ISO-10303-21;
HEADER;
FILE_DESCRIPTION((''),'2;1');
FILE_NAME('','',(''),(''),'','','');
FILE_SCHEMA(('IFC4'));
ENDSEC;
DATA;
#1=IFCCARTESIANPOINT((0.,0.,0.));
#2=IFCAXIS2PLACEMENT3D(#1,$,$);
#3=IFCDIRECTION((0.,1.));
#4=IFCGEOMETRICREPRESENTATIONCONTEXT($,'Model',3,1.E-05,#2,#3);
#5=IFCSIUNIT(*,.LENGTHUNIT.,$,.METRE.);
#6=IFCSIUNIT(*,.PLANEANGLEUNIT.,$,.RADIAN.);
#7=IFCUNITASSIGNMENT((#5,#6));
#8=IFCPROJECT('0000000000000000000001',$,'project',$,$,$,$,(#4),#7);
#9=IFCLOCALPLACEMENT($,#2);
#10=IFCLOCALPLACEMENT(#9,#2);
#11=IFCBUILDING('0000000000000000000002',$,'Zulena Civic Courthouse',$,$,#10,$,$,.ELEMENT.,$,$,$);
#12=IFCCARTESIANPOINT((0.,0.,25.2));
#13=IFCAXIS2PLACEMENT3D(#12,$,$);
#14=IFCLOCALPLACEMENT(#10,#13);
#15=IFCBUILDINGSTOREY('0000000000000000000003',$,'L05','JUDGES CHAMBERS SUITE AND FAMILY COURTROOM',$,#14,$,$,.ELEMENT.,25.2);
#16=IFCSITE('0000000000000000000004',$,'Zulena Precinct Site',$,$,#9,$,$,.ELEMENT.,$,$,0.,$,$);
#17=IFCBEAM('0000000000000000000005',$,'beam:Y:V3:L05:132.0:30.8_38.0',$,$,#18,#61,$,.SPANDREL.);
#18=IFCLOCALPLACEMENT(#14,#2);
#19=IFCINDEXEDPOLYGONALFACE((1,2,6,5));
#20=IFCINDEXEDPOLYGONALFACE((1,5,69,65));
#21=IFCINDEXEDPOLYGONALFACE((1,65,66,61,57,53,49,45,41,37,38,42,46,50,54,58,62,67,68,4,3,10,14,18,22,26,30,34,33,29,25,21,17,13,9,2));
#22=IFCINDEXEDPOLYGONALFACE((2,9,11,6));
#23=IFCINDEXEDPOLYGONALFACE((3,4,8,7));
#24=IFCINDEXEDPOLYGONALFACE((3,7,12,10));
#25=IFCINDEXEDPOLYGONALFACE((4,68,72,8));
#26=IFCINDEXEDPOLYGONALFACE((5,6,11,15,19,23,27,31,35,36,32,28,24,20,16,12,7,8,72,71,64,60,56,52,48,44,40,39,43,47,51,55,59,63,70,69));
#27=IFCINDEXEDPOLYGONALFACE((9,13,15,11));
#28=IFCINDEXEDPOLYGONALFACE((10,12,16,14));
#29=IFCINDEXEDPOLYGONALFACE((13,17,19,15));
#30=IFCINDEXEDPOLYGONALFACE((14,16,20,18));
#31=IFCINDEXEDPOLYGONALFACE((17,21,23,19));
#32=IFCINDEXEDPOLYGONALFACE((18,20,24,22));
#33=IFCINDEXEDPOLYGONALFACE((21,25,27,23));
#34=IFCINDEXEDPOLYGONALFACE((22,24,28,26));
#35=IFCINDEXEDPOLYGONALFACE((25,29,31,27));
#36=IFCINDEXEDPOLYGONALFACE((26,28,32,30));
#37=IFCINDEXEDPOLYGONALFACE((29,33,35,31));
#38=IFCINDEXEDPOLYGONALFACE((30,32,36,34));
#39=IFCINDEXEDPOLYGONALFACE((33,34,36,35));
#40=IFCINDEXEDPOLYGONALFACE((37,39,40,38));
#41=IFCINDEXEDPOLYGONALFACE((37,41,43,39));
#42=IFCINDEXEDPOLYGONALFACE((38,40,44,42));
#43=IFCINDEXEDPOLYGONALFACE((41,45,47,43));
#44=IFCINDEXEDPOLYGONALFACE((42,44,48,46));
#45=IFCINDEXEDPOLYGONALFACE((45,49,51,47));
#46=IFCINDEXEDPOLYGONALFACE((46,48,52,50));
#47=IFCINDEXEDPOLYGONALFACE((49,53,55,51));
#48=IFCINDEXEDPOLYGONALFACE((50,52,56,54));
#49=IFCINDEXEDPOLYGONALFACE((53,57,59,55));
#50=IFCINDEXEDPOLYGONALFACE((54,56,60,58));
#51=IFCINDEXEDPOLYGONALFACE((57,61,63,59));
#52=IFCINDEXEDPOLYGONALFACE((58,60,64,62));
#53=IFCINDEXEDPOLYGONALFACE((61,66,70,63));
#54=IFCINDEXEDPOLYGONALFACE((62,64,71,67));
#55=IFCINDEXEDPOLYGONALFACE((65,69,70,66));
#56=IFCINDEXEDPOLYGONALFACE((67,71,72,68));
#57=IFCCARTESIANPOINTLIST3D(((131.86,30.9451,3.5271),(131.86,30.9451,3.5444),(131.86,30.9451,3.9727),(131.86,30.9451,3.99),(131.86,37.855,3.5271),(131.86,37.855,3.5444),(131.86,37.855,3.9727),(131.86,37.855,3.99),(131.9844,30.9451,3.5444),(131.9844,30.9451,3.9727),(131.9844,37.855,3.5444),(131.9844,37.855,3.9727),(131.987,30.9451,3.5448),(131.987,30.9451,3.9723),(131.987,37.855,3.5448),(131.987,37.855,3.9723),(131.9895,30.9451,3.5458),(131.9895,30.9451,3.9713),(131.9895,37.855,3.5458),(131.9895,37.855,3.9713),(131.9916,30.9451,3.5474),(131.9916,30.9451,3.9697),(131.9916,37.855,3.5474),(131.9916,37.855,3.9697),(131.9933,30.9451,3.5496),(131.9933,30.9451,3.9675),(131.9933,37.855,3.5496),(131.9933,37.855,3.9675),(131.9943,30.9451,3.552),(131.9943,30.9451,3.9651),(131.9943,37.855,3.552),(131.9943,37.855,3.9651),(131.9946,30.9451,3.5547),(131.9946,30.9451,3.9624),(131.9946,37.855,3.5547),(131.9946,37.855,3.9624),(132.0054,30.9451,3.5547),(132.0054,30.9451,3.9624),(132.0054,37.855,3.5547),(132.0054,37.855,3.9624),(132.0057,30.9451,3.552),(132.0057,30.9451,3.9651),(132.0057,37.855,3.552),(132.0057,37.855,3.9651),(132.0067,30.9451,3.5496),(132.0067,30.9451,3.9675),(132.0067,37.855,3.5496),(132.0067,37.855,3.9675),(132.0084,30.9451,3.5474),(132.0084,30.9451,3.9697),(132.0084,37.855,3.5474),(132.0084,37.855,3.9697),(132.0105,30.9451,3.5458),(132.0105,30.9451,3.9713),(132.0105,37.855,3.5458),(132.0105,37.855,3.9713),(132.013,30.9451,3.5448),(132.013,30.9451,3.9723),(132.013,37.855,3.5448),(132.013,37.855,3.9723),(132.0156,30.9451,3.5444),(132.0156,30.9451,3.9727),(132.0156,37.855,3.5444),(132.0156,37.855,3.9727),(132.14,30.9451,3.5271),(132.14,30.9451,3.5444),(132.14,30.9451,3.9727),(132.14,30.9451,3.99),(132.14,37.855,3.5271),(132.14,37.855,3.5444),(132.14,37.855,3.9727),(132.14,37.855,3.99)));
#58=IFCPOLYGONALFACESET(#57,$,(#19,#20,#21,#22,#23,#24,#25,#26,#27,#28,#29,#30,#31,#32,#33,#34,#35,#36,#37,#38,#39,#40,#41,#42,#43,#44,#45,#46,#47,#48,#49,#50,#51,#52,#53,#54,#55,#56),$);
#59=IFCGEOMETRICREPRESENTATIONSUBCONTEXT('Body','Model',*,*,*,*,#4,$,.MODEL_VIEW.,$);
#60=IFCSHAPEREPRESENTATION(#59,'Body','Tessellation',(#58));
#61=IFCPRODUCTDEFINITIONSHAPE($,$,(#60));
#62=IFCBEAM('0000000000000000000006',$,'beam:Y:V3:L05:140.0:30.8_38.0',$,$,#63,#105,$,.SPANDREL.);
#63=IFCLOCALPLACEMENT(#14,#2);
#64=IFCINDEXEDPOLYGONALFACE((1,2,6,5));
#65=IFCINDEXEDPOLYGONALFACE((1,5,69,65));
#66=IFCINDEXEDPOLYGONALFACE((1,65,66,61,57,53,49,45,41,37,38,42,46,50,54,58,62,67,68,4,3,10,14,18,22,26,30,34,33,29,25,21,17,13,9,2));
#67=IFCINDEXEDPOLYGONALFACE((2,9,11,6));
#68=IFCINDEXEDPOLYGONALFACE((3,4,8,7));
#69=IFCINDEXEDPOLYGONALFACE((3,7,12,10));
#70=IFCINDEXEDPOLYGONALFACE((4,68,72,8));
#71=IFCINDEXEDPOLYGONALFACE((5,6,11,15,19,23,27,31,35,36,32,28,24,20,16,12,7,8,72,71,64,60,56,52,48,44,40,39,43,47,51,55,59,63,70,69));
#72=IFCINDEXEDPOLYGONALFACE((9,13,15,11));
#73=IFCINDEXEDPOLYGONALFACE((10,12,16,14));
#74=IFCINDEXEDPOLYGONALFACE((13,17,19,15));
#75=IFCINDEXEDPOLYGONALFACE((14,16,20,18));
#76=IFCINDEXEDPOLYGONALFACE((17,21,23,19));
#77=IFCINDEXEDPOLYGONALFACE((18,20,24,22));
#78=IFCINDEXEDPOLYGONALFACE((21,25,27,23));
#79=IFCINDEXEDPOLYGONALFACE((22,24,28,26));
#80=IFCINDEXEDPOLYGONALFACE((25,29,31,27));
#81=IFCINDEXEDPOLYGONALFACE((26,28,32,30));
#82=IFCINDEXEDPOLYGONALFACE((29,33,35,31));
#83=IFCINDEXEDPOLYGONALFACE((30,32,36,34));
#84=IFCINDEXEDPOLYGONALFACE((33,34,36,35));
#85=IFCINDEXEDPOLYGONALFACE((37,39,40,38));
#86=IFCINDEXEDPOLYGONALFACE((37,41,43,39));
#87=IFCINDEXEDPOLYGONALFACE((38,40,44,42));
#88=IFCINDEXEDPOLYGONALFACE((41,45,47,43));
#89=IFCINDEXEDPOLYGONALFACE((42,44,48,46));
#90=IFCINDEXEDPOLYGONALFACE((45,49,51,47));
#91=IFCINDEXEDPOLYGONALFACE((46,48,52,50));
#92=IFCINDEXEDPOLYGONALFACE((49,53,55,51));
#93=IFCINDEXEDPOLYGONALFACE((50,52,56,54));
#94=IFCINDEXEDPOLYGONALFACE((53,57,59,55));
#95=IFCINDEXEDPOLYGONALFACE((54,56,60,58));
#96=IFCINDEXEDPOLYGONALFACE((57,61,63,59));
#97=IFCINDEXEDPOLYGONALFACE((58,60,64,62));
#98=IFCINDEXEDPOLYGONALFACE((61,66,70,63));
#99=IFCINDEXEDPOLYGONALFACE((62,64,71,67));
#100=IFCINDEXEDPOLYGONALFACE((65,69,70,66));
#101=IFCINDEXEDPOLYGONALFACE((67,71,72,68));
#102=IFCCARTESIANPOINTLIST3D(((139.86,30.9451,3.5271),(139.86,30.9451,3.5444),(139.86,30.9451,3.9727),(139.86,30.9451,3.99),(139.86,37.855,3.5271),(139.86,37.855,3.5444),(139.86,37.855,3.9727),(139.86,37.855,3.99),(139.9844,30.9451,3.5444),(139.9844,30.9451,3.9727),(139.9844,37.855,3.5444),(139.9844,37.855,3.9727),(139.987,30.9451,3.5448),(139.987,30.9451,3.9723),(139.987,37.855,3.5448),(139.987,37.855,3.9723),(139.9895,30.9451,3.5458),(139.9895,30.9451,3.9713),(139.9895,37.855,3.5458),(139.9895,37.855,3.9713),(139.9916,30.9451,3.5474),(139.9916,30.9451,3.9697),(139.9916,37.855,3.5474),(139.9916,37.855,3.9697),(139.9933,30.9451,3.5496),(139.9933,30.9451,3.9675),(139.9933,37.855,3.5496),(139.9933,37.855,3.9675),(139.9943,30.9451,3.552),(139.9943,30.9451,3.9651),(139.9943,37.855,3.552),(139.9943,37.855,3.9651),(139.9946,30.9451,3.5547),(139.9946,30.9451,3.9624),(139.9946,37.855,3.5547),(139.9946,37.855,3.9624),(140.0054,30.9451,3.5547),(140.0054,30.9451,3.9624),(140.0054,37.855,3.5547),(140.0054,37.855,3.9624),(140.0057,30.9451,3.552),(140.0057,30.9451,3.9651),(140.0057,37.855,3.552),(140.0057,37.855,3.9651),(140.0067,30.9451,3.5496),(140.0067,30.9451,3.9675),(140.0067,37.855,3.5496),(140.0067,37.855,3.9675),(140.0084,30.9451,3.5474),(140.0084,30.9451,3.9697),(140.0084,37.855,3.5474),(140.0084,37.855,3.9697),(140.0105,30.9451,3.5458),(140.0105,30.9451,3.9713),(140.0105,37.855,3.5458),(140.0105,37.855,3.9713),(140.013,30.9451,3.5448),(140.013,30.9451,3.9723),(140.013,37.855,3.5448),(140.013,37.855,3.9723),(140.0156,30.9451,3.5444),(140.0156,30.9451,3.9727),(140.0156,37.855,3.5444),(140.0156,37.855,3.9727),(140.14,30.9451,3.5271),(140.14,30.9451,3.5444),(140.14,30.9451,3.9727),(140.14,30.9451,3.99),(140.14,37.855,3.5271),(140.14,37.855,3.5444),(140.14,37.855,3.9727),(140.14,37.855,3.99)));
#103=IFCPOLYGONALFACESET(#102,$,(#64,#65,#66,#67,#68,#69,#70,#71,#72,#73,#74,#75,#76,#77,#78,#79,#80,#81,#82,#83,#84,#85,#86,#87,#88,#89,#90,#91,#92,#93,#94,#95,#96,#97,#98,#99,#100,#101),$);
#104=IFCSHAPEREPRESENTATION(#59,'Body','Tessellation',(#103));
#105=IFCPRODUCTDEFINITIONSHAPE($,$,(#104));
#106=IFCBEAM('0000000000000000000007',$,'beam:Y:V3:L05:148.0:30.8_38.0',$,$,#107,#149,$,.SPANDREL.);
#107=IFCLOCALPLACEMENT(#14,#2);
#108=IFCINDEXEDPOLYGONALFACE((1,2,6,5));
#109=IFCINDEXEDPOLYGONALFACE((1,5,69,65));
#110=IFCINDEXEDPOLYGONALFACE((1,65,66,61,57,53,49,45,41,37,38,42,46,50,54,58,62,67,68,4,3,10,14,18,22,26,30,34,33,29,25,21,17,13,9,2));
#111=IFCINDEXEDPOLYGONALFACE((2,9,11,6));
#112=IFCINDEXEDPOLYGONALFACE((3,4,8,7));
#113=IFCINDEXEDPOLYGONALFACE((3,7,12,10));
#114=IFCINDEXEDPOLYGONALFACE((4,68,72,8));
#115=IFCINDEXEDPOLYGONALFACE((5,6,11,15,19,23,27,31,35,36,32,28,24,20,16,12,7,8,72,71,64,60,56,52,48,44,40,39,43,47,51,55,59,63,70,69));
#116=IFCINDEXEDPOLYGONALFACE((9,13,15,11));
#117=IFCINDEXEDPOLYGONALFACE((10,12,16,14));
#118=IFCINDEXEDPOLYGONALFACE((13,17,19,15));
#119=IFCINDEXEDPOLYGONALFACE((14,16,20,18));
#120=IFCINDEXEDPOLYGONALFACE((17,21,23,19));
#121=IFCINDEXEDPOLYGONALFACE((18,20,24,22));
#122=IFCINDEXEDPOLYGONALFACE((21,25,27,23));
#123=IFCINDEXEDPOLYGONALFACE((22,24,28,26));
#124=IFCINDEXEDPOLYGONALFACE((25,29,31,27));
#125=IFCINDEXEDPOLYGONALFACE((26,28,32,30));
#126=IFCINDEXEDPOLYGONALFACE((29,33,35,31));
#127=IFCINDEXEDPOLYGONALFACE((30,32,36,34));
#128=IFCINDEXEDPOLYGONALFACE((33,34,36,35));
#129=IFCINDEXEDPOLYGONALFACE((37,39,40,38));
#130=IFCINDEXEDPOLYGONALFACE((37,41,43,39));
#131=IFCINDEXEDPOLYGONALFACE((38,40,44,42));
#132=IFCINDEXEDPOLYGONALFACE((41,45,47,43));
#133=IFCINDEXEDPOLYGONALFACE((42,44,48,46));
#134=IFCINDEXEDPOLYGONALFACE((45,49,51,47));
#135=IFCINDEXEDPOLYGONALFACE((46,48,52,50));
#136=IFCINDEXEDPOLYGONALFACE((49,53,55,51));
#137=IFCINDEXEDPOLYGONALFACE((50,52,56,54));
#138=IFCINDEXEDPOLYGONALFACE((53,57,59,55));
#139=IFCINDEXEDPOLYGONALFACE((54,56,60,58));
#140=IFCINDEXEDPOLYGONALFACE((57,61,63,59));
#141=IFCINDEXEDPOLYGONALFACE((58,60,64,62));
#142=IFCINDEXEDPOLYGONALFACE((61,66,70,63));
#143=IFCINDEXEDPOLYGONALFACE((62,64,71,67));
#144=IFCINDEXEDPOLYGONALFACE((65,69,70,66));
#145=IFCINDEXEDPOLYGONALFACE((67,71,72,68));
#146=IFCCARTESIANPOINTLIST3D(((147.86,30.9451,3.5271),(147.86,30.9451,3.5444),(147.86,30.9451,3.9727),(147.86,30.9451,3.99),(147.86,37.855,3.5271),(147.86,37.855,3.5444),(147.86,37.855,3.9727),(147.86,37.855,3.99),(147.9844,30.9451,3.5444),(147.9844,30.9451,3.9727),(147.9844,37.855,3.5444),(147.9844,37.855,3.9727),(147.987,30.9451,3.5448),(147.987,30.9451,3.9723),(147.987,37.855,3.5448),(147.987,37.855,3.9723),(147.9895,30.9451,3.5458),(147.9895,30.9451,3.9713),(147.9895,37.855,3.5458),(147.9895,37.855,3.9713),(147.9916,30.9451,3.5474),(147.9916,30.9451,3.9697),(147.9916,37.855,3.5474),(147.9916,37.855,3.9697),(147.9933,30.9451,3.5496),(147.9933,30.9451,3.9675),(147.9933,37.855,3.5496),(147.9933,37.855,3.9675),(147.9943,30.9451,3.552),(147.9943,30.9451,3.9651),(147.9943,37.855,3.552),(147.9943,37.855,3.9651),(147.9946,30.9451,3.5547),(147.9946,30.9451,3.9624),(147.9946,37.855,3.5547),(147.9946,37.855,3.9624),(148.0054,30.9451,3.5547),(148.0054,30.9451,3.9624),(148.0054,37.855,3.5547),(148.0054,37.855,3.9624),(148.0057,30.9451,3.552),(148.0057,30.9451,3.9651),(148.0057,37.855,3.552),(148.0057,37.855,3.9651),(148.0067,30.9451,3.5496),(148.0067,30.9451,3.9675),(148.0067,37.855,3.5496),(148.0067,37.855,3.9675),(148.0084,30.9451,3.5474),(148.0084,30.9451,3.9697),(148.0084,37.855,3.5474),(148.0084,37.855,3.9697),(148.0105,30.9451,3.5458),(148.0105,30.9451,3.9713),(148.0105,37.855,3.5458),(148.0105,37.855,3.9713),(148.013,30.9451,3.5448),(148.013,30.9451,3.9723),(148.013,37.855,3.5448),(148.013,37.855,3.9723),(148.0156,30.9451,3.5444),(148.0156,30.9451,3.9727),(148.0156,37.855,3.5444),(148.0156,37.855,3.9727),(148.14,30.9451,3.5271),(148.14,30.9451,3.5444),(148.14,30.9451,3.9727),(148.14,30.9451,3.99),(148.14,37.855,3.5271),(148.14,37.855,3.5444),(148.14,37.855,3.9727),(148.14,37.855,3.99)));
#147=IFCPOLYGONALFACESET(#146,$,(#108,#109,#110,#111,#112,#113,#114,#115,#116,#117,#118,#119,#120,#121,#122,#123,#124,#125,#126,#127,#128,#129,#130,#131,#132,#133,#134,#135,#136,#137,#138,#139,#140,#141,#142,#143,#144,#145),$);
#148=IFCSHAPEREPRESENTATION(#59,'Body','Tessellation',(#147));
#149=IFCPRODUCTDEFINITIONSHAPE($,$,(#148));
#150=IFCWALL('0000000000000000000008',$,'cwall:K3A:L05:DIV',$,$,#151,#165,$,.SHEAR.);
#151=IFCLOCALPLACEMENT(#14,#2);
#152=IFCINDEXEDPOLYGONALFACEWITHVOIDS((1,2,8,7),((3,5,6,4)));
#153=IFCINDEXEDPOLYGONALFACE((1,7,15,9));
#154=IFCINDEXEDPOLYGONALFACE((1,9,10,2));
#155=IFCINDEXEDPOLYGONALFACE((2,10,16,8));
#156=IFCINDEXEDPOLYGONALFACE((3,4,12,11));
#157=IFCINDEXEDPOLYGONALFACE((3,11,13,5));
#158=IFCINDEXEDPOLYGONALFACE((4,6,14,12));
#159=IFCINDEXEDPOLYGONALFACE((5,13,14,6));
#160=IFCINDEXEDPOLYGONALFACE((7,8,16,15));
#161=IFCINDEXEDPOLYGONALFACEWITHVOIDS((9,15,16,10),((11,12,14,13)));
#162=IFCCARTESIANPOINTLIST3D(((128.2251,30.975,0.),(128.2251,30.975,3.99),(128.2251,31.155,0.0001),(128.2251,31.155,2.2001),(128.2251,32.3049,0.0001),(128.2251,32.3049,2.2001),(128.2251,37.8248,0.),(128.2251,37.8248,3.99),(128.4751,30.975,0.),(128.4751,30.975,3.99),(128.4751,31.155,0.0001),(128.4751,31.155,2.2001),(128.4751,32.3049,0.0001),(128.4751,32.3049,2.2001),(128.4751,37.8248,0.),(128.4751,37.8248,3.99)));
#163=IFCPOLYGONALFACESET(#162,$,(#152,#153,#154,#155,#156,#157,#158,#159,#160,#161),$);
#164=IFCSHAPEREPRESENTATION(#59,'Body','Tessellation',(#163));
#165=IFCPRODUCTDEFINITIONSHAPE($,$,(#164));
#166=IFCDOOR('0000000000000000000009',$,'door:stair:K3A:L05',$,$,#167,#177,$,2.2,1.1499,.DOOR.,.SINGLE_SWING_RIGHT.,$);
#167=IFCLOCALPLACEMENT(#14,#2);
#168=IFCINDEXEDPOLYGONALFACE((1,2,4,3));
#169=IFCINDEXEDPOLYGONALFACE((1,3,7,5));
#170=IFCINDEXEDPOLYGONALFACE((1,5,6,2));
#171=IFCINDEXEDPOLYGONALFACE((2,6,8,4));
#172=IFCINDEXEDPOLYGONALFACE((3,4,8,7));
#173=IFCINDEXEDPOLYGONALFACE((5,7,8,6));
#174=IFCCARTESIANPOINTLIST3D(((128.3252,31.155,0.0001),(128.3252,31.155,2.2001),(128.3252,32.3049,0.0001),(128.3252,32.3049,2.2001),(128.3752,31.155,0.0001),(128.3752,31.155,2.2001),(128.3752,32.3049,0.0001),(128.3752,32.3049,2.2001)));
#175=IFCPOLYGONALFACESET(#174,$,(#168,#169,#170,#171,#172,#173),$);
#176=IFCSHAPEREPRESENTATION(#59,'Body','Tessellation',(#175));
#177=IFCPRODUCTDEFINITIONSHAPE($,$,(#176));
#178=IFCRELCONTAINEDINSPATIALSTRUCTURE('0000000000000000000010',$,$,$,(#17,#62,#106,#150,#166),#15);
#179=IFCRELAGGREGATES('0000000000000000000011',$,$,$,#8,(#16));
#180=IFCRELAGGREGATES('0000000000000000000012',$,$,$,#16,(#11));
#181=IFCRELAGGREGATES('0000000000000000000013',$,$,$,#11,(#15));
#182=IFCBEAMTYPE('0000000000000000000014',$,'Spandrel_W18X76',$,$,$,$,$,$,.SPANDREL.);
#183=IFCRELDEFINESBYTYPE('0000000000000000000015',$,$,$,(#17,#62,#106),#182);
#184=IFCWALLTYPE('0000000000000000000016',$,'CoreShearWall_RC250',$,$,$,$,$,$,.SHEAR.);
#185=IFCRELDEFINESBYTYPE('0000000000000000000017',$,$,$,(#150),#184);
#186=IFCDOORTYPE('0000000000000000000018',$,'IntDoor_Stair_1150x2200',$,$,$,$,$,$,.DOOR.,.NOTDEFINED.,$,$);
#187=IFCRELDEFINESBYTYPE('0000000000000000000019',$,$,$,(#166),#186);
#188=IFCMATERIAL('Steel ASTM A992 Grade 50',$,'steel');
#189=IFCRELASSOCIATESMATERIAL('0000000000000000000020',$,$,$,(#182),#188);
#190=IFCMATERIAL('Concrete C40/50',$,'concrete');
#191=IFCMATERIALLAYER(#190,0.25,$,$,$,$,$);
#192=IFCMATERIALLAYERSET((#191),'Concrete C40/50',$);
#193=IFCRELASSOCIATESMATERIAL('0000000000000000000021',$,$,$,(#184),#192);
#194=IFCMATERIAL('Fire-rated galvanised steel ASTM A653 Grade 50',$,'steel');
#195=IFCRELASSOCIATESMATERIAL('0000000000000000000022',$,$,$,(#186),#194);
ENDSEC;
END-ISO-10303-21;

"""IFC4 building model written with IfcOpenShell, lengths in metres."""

from ifc_helpers import new_model, si_unit, direction, frame, frame_2d, origin, origin_2d, place, context, subcontext, project, spatial, rectangle, i_section, extrude, material, layer, layer_set, material_profile, profile_set, type_object, element, fill, save


model = new_model("IFC4")

# Units and contexts
model_context = context("Model", 3, precision=1e-05, world=origin(), true_north=direction((0.0, 1.0)))
body_context = subcontext(model_context, "Body", "Model", "MODEL_VIEW")
ifc_project = project(units=[si_unit("LENGTHUNIT", "METRE"), si_unit("PLANEANGLEUNIT", "RADIAN")], contexts=[model_context])

# Site, building, storey
site_placement = place(None, origin())
site = spatial("IfcSite", under=ifc_project, at=site_placement, Name="Zulena Precinct Site", CompositionType="ELEMENT", RefElevation=0.0)
building_placement = place(site_placement, origin())
building = spatial("IfcBuilding", under=site, at=building_placement, Name="Zulena Civic Courthouse", CompositionType="ELEMENT")
storey_placement = place(building_placement, frame((0.0, 0.0, 25.2)))
storey = spatial("IfcBuildingStorey", under=building, at=storey_placement, Name="L05", Description="JUDGES CHAMBERS SUITE AND FAMILY COURTROOM", CompositionType="ELEMENT", Elevation=25.2)

# Shared definitions
ifc_material_1 = material(Name="Steel ASTM A992 Grade 50", Category="steel")

# Beams
ifc_material_profile_1 = material_profile(ifc_material_1, i_section(OverallWidth=0.28, OverallDepth=0.4629, WebThickness=0.0107, FlangeThickness=0.0173, FilletRadius=0.0103, at=origin_2d()), Name="W18X76")
ifc_profile_set_1 = profile_set([ifc_material_profile_1], Name="Steel ASTM A992 Grade 50")
beam_type_1 = type_object("IfcBeamType", Name="Spandrel_W18X76", PredefinedType="SPANDREL", material=ifc_profile_set_1)
for number, where, z_axis, x_axis, name in (
    (1, (132.0, 30.9451, 3.7585), (0.0, 1.0, 0.0), (-1.0, 0.0, 0.0), "beam:Y:V3:L05:132.0:30.8_38.0"),
    (2, (140.0, 30.9451, 3.7585), (0.0, 1.0, 0.0), (-1.0, 0.0, 0.0), "beam:Y:V3:L05:140.0:30.8_38.0"),
    (3, (148.0, 30.9451, 3.7585), (0.0, 1.0, 0.0), (-1.0, 0.0, 0.0), "beam:Y:V3:L05:148.0:30.8_38.0"),
):
    element("IfcBeam", number, at=place(storey_placement, frame(where, z_axis=z_axis, x_axis=x_axis)), inside=storey, type_object=beam_type_1, Name=name, PredefinedType="SPANDREL", context=body_context, shape_type="SweptSolid", body=[
        extrude(i_section(OverallWidth=0.28, OverallDepth=0.4629, WebThickness=0.0107, FlangeThickness=0.0173, FilletRadius=0.0103, at=origin_2d()), origin(), (0.0, 0.0, 1.0), 6.9099),
    ])

# Wall, opening, door
ifc_material_2 = material(Name="Concrete C40/50", Category="concrete")
ifc_layer_1 = layer(ifc_material_2, 0.25)
ifc_layer_set_1 = layer_set([ifc_layer_1], Name="Concrete C40/50")
wall_type_1 = type_object("IfcWallType", Name="CoreShearWall_RC250", PredefinedType="SHEAR", material=ifc_layer_set_1)
wall_1_placement = place(storey_placement, frame((128.3501, 30.9751, 0.0), z_axis=(0.0, 0.0, 1.0), x_axis=(0.0, 1.0, 0.0)))
wall_1 = element("IfcWall", 4, at=wall_1_placement, inside=storey, type_object=wall_type_1, Name="cwall:K3A:L05:DIV", PredefinedType="SHEAR", context=body_context, shape_type="SweptSolid", body=[
    extrude(rectangle(XDim=6.8499, YDim=0.25, at=frame_2d((3.4248, 0.0))), origin(), (0.0, 0.0, 1.0), 3.99),
])
opening_1_placement = place(wall_1_placement, frame((0.1799, 0.0, 0.0)))
opening_1 = element("IfcOpeningElement", 5, at=opening_1_placement, cuts=wall_1, PredefinedType="OPENING", context=body_context, shape_type="SweptSolid", body=[
    extrude(rectangle(XDim=1.1499, YDim=2.2, at=frame_2d((0.575, 1.1001))), frame((0.0, 0.135, 0.0), z_axis=(0.0, -1.0, 0.0), x_axis=(1.0, 0.0, 0.0)), (0.0, 0.0, 1.0), 0.27),
])
ifc_material_3 = material(Name="Fire-rated galvanised steel ASTM A653 Grade 50", Category="steel")
door_type_1 = type_object("IfcDoorType", Name="IntDoor_Stair_1150x2200", OperationType="NOTDEFINED", PredefinedType="DOOR", material=ifc_material_3)
door_1_placement = place(opening_1_placement, origin())
door_1 = element("IfcDoor", 6, at=door_1_placement, inside=storey, type_object=door_type_1, Name="door:stair:K3A:L05", OperationType="SINGLE_SWING_RIGHT", OverallHeight=2.2, OverallWidth=1.1499, PredefinedType="DOOR", context=body_context, shape_type="SweptSolid", body=[
    extrude(rectangle(XDim=1.1499, YDim=2.2, at=frame_2d((0.575, 1.1001))), frame((0.0, 0.0249, 0.0), z_axis=(0.0, -1.0, 0.0), x_axis=(1.0, 0.0, 0.0)), (0.0, 0.0, 1.0), 0.05),
])
fill(opening_1, door_1)

save(model, "model.ifc")
